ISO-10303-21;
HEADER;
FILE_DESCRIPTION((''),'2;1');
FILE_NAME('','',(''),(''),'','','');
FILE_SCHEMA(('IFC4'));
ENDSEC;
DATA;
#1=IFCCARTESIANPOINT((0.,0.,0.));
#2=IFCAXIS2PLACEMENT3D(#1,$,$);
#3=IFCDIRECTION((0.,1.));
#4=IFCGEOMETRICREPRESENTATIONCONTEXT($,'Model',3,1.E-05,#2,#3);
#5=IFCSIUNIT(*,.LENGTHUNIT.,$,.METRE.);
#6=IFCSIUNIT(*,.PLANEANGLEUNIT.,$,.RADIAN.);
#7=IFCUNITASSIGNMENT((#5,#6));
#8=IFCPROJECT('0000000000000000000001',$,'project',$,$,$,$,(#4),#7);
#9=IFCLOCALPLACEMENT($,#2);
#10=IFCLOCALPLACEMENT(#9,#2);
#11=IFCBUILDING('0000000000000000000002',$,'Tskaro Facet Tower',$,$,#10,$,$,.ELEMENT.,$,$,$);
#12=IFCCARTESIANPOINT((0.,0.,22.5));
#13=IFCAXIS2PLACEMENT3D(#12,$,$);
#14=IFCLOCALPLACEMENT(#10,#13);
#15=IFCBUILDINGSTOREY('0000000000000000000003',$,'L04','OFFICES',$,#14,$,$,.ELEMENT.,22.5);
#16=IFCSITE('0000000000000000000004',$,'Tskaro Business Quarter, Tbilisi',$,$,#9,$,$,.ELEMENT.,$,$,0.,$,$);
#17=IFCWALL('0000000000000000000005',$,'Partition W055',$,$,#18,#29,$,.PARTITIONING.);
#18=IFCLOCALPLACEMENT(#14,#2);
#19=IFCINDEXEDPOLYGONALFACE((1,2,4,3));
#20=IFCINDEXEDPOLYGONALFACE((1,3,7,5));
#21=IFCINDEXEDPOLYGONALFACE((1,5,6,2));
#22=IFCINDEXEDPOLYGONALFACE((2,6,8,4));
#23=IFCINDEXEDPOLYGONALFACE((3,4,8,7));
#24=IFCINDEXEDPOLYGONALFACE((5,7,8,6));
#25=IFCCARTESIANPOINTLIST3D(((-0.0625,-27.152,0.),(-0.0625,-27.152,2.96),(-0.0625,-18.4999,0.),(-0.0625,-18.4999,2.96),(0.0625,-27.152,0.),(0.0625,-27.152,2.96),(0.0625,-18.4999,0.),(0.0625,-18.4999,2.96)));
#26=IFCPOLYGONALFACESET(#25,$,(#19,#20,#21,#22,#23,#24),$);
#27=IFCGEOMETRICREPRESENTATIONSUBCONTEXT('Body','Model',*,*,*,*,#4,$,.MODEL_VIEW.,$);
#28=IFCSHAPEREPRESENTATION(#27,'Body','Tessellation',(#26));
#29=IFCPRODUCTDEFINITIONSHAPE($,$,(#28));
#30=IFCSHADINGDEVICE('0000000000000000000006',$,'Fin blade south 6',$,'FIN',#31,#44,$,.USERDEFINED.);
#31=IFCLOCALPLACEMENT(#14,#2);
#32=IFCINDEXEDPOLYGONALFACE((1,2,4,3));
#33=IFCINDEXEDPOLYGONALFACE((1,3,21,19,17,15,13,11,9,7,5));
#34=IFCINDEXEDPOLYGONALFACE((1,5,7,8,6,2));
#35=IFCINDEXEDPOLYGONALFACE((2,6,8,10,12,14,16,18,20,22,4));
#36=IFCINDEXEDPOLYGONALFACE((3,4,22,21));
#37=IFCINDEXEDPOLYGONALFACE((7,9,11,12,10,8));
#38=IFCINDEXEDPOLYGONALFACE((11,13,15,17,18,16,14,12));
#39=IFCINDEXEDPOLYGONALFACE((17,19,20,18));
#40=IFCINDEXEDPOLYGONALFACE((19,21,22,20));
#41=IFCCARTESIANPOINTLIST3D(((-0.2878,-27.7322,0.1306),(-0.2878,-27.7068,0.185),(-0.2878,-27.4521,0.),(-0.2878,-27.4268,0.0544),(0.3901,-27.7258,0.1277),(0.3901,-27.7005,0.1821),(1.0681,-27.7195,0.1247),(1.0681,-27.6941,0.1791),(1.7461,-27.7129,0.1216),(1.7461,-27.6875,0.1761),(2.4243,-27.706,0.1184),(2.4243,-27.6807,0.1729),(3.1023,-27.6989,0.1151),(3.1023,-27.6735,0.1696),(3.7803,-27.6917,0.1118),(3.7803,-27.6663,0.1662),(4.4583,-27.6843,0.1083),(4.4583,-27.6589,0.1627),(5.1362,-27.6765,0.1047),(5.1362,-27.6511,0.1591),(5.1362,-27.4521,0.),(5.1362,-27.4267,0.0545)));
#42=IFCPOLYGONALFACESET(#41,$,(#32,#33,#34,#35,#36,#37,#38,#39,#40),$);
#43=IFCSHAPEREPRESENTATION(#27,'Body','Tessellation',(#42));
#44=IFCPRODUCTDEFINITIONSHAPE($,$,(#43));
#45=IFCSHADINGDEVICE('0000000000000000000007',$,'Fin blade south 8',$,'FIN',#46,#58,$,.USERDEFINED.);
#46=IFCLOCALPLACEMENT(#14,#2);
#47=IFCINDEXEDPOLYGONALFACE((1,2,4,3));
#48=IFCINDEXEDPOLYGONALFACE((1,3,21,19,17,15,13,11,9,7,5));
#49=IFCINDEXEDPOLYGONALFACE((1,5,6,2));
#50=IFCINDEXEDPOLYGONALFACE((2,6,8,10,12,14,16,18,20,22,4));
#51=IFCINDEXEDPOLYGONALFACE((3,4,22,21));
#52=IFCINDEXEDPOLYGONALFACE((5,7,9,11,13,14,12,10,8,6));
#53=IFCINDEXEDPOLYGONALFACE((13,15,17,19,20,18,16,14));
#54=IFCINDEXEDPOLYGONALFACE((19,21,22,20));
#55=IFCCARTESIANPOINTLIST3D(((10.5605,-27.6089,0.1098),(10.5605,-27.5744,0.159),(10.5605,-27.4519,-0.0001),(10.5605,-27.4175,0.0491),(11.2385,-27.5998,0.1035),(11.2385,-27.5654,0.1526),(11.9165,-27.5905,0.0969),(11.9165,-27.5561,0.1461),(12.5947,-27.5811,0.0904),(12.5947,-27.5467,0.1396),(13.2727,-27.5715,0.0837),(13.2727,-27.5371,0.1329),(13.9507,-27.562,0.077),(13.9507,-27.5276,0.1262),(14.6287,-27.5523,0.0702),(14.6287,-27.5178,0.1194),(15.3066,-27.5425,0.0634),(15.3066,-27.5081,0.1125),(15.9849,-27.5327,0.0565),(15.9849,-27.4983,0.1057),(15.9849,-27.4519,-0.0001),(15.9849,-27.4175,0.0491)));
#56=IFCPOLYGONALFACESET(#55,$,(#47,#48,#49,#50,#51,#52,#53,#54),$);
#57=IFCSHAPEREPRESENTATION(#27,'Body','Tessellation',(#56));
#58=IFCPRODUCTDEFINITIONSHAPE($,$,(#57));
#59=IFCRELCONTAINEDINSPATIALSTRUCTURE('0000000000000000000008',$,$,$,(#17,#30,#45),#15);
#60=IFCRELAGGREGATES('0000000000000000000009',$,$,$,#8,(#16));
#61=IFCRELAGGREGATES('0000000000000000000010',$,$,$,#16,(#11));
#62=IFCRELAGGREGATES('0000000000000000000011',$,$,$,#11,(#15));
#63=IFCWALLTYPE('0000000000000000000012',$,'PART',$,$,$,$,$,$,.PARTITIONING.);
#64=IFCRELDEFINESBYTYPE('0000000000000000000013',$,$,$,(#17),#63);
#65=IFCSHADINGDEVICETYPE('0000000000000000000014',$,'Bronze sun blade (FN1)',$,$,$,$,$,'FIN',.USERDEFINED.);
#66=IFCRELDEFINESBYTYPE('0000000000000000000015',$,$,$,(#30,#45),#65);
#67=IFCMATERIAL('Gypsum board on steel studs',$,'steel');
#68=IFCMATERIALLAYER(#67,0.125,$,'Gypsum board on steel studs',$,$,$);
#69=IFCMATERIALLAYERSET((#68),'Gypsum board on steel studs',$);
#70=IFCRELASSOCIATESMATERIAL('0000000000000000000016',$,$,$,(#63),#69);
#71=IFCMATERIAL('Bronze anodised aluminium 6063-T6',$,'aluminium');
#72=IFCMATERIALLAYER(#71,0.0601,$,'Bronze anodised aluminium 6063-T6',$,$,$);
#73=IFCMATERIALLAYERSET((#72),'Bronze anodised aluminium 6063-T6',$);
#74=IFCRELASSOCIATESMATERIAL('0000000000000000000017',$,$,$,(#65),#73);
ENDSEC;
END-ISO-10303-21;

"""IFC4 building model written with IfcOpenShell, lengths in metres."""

from ifc_helpers import new_model, si_unit, direction, frame, frame_2d, origin, place, context, subcontext, project, spatial, polyline, rectangle, outline, extrude, material, layer, layer_set, type_object, element, save


model = new_model("IFC4")

# Units and contexts
model_context = context("Model", 3, precision=1e-05, world=origin(), true_north=direction((0.0, 1.0)))
body_context = subcontext(model_context, "Body", "Model", "MODEL_VIEW")
ifc_project = project(units=[si_unit("LENGTHUNIT", "METRE"), si_unit("PLANEANGLEUNIT", "RADIAN")], contexts=[model_context])

# Site, building, storey
site_placement = place(None, origin())
site = spatial("IfcSite", under=ifc_project, at=site_placement, Name="Tskaro Business Quarter, Tbilisi", CompositionType="ELEMENT", RefElevation=0.0)
building_placement = place(site_placement, origin())
building = spatial("IfcBuilding", under=site, at=building_placement, Name="Tskaro Facet Tower", CompositionType="ELEMENT")
storey_placement = place(building_placement, frame((0.0, 0.0, 22.5)))
storey = spatial("IfcBuildingStorey", under=building, at=storey_placement, Name="L04", Description="OFFICES", CompositionType="ELEMENT", Elevation=22.5)

# Shared definitions
ifc_material_1 = material(Name="Bronze anodised aluminium 6063-T6", Category="aluminium")

# Wall
ifc_material_2 = material(Name="Gypsum board on steel studs", Category="steel")
ifc_layer_1 = layer(ifc_material_2, 0.125, Name="Gypsum board on steel studs")
ifc_layer_set_1 = layer_set([ifc_layer_1], Name="Gypsum board on steel studs")
wall_type = type_object("IfcWallType", Name="PART", PredefinedType="PARTITIONING", material=ifc_layer_set_1)
wall_1_placement = place(storey_placement, frame((0.0, -27.1521, 0.0), z_axis=(0.0, 0.0, 1.0), x_axis=(0.0, 1.0, 0.0)))
element("IfcWall", 1, at=wall_1_placement, inside=storey, type_object=wall_type, Name="Partition W055", PredefinedType="PARTITIONING", context=body_context, shape_type="SweptSolid", body=[
    extrude(rectangle(XDim=8.6521, YDim=0.125, at=frame_2d((4.3262, 0.0))), origin(), (0.0, 0.0, 1.0), 2.96),
])

# Shading devices
ifc_layer_2 = layer(ifc_material_1, 0.0601, Name="Bronze anodised aluminium 6063-T6")
ifc_layer_set_2 = layer_set([ifc_layer_2], Name="Bronze anodised aluminium 6063-T6")
shading_device_type = type_object("IfcShadingDeviceType", Name="Bronze sun blade (FN1)", ElementType="FIN", PredefinedType="USERDEFINED", material=ifc_layer_set_2)
shading_device_1_placement = place(storey_placement, frame((-0.2878, -27.4268, 0.0544), z_axis=(-0.000006, 0.422676, 0.906281), x_axis=(1.0, 0.000002, 0.000005)))
element("IfcShadingDevice", 2, at=shading_device_1_placement, inside=storey, type_object=shading_device_type, Name="Fin blade south 6", ObjectType="FIN", PredefinedType="USERDEFINED", context=body_context, shape_type="SweptSolid", body=[
    extrude(outline(polyline([(0.0, 0.0), (5.4241, 0.0), (5.4241, -0.2476), (4.7461, -0.2561), (4.0681, -0.2643), (3.3901, -0.2723), (2.7122, -0.2802), (2.0339, -0.2877), (1.356, -0.295), (0.678, -0.302), (0.0, -0.309), (0.0, 0.0)])), origin(), (0.0, 0.0, -1.0), 0.0601),
])
shading_device_2_placement = place(storey_placement, frame((10.5605, -27.4175, 0.0491), z_axis=(-0.000009, 0.573589, 0.819143), x_axis=(1.0, 0.000005, 0.000007)))
element("IfcShadingDevice", 3, at=shading_device_2_placement, inside=storey, type_object=shading_device_type, Name="Fin blade south 8", ObjectType="FIN", PredefinedType="USERDEFINED", context=body_context, shape_type="SweptSolid", body=[
    extrude(outline(polyline([(0.0, 0.0), (5.4243, 0.0), (5.4243, -0.0987), (4.7461, -0.1106), (4.0681, -0.1225), (3.3901, -0.1344), (2.7122, -0.146), (2.0342, -0.1577), (1.356, -0.1692), (0.678, -0.1806), (0.0, -0.1916), (0.0, 0.0)])), origin(), (0.0, 0.0, -1.0), 0.0601),
])

save(model, "model.ifc")
